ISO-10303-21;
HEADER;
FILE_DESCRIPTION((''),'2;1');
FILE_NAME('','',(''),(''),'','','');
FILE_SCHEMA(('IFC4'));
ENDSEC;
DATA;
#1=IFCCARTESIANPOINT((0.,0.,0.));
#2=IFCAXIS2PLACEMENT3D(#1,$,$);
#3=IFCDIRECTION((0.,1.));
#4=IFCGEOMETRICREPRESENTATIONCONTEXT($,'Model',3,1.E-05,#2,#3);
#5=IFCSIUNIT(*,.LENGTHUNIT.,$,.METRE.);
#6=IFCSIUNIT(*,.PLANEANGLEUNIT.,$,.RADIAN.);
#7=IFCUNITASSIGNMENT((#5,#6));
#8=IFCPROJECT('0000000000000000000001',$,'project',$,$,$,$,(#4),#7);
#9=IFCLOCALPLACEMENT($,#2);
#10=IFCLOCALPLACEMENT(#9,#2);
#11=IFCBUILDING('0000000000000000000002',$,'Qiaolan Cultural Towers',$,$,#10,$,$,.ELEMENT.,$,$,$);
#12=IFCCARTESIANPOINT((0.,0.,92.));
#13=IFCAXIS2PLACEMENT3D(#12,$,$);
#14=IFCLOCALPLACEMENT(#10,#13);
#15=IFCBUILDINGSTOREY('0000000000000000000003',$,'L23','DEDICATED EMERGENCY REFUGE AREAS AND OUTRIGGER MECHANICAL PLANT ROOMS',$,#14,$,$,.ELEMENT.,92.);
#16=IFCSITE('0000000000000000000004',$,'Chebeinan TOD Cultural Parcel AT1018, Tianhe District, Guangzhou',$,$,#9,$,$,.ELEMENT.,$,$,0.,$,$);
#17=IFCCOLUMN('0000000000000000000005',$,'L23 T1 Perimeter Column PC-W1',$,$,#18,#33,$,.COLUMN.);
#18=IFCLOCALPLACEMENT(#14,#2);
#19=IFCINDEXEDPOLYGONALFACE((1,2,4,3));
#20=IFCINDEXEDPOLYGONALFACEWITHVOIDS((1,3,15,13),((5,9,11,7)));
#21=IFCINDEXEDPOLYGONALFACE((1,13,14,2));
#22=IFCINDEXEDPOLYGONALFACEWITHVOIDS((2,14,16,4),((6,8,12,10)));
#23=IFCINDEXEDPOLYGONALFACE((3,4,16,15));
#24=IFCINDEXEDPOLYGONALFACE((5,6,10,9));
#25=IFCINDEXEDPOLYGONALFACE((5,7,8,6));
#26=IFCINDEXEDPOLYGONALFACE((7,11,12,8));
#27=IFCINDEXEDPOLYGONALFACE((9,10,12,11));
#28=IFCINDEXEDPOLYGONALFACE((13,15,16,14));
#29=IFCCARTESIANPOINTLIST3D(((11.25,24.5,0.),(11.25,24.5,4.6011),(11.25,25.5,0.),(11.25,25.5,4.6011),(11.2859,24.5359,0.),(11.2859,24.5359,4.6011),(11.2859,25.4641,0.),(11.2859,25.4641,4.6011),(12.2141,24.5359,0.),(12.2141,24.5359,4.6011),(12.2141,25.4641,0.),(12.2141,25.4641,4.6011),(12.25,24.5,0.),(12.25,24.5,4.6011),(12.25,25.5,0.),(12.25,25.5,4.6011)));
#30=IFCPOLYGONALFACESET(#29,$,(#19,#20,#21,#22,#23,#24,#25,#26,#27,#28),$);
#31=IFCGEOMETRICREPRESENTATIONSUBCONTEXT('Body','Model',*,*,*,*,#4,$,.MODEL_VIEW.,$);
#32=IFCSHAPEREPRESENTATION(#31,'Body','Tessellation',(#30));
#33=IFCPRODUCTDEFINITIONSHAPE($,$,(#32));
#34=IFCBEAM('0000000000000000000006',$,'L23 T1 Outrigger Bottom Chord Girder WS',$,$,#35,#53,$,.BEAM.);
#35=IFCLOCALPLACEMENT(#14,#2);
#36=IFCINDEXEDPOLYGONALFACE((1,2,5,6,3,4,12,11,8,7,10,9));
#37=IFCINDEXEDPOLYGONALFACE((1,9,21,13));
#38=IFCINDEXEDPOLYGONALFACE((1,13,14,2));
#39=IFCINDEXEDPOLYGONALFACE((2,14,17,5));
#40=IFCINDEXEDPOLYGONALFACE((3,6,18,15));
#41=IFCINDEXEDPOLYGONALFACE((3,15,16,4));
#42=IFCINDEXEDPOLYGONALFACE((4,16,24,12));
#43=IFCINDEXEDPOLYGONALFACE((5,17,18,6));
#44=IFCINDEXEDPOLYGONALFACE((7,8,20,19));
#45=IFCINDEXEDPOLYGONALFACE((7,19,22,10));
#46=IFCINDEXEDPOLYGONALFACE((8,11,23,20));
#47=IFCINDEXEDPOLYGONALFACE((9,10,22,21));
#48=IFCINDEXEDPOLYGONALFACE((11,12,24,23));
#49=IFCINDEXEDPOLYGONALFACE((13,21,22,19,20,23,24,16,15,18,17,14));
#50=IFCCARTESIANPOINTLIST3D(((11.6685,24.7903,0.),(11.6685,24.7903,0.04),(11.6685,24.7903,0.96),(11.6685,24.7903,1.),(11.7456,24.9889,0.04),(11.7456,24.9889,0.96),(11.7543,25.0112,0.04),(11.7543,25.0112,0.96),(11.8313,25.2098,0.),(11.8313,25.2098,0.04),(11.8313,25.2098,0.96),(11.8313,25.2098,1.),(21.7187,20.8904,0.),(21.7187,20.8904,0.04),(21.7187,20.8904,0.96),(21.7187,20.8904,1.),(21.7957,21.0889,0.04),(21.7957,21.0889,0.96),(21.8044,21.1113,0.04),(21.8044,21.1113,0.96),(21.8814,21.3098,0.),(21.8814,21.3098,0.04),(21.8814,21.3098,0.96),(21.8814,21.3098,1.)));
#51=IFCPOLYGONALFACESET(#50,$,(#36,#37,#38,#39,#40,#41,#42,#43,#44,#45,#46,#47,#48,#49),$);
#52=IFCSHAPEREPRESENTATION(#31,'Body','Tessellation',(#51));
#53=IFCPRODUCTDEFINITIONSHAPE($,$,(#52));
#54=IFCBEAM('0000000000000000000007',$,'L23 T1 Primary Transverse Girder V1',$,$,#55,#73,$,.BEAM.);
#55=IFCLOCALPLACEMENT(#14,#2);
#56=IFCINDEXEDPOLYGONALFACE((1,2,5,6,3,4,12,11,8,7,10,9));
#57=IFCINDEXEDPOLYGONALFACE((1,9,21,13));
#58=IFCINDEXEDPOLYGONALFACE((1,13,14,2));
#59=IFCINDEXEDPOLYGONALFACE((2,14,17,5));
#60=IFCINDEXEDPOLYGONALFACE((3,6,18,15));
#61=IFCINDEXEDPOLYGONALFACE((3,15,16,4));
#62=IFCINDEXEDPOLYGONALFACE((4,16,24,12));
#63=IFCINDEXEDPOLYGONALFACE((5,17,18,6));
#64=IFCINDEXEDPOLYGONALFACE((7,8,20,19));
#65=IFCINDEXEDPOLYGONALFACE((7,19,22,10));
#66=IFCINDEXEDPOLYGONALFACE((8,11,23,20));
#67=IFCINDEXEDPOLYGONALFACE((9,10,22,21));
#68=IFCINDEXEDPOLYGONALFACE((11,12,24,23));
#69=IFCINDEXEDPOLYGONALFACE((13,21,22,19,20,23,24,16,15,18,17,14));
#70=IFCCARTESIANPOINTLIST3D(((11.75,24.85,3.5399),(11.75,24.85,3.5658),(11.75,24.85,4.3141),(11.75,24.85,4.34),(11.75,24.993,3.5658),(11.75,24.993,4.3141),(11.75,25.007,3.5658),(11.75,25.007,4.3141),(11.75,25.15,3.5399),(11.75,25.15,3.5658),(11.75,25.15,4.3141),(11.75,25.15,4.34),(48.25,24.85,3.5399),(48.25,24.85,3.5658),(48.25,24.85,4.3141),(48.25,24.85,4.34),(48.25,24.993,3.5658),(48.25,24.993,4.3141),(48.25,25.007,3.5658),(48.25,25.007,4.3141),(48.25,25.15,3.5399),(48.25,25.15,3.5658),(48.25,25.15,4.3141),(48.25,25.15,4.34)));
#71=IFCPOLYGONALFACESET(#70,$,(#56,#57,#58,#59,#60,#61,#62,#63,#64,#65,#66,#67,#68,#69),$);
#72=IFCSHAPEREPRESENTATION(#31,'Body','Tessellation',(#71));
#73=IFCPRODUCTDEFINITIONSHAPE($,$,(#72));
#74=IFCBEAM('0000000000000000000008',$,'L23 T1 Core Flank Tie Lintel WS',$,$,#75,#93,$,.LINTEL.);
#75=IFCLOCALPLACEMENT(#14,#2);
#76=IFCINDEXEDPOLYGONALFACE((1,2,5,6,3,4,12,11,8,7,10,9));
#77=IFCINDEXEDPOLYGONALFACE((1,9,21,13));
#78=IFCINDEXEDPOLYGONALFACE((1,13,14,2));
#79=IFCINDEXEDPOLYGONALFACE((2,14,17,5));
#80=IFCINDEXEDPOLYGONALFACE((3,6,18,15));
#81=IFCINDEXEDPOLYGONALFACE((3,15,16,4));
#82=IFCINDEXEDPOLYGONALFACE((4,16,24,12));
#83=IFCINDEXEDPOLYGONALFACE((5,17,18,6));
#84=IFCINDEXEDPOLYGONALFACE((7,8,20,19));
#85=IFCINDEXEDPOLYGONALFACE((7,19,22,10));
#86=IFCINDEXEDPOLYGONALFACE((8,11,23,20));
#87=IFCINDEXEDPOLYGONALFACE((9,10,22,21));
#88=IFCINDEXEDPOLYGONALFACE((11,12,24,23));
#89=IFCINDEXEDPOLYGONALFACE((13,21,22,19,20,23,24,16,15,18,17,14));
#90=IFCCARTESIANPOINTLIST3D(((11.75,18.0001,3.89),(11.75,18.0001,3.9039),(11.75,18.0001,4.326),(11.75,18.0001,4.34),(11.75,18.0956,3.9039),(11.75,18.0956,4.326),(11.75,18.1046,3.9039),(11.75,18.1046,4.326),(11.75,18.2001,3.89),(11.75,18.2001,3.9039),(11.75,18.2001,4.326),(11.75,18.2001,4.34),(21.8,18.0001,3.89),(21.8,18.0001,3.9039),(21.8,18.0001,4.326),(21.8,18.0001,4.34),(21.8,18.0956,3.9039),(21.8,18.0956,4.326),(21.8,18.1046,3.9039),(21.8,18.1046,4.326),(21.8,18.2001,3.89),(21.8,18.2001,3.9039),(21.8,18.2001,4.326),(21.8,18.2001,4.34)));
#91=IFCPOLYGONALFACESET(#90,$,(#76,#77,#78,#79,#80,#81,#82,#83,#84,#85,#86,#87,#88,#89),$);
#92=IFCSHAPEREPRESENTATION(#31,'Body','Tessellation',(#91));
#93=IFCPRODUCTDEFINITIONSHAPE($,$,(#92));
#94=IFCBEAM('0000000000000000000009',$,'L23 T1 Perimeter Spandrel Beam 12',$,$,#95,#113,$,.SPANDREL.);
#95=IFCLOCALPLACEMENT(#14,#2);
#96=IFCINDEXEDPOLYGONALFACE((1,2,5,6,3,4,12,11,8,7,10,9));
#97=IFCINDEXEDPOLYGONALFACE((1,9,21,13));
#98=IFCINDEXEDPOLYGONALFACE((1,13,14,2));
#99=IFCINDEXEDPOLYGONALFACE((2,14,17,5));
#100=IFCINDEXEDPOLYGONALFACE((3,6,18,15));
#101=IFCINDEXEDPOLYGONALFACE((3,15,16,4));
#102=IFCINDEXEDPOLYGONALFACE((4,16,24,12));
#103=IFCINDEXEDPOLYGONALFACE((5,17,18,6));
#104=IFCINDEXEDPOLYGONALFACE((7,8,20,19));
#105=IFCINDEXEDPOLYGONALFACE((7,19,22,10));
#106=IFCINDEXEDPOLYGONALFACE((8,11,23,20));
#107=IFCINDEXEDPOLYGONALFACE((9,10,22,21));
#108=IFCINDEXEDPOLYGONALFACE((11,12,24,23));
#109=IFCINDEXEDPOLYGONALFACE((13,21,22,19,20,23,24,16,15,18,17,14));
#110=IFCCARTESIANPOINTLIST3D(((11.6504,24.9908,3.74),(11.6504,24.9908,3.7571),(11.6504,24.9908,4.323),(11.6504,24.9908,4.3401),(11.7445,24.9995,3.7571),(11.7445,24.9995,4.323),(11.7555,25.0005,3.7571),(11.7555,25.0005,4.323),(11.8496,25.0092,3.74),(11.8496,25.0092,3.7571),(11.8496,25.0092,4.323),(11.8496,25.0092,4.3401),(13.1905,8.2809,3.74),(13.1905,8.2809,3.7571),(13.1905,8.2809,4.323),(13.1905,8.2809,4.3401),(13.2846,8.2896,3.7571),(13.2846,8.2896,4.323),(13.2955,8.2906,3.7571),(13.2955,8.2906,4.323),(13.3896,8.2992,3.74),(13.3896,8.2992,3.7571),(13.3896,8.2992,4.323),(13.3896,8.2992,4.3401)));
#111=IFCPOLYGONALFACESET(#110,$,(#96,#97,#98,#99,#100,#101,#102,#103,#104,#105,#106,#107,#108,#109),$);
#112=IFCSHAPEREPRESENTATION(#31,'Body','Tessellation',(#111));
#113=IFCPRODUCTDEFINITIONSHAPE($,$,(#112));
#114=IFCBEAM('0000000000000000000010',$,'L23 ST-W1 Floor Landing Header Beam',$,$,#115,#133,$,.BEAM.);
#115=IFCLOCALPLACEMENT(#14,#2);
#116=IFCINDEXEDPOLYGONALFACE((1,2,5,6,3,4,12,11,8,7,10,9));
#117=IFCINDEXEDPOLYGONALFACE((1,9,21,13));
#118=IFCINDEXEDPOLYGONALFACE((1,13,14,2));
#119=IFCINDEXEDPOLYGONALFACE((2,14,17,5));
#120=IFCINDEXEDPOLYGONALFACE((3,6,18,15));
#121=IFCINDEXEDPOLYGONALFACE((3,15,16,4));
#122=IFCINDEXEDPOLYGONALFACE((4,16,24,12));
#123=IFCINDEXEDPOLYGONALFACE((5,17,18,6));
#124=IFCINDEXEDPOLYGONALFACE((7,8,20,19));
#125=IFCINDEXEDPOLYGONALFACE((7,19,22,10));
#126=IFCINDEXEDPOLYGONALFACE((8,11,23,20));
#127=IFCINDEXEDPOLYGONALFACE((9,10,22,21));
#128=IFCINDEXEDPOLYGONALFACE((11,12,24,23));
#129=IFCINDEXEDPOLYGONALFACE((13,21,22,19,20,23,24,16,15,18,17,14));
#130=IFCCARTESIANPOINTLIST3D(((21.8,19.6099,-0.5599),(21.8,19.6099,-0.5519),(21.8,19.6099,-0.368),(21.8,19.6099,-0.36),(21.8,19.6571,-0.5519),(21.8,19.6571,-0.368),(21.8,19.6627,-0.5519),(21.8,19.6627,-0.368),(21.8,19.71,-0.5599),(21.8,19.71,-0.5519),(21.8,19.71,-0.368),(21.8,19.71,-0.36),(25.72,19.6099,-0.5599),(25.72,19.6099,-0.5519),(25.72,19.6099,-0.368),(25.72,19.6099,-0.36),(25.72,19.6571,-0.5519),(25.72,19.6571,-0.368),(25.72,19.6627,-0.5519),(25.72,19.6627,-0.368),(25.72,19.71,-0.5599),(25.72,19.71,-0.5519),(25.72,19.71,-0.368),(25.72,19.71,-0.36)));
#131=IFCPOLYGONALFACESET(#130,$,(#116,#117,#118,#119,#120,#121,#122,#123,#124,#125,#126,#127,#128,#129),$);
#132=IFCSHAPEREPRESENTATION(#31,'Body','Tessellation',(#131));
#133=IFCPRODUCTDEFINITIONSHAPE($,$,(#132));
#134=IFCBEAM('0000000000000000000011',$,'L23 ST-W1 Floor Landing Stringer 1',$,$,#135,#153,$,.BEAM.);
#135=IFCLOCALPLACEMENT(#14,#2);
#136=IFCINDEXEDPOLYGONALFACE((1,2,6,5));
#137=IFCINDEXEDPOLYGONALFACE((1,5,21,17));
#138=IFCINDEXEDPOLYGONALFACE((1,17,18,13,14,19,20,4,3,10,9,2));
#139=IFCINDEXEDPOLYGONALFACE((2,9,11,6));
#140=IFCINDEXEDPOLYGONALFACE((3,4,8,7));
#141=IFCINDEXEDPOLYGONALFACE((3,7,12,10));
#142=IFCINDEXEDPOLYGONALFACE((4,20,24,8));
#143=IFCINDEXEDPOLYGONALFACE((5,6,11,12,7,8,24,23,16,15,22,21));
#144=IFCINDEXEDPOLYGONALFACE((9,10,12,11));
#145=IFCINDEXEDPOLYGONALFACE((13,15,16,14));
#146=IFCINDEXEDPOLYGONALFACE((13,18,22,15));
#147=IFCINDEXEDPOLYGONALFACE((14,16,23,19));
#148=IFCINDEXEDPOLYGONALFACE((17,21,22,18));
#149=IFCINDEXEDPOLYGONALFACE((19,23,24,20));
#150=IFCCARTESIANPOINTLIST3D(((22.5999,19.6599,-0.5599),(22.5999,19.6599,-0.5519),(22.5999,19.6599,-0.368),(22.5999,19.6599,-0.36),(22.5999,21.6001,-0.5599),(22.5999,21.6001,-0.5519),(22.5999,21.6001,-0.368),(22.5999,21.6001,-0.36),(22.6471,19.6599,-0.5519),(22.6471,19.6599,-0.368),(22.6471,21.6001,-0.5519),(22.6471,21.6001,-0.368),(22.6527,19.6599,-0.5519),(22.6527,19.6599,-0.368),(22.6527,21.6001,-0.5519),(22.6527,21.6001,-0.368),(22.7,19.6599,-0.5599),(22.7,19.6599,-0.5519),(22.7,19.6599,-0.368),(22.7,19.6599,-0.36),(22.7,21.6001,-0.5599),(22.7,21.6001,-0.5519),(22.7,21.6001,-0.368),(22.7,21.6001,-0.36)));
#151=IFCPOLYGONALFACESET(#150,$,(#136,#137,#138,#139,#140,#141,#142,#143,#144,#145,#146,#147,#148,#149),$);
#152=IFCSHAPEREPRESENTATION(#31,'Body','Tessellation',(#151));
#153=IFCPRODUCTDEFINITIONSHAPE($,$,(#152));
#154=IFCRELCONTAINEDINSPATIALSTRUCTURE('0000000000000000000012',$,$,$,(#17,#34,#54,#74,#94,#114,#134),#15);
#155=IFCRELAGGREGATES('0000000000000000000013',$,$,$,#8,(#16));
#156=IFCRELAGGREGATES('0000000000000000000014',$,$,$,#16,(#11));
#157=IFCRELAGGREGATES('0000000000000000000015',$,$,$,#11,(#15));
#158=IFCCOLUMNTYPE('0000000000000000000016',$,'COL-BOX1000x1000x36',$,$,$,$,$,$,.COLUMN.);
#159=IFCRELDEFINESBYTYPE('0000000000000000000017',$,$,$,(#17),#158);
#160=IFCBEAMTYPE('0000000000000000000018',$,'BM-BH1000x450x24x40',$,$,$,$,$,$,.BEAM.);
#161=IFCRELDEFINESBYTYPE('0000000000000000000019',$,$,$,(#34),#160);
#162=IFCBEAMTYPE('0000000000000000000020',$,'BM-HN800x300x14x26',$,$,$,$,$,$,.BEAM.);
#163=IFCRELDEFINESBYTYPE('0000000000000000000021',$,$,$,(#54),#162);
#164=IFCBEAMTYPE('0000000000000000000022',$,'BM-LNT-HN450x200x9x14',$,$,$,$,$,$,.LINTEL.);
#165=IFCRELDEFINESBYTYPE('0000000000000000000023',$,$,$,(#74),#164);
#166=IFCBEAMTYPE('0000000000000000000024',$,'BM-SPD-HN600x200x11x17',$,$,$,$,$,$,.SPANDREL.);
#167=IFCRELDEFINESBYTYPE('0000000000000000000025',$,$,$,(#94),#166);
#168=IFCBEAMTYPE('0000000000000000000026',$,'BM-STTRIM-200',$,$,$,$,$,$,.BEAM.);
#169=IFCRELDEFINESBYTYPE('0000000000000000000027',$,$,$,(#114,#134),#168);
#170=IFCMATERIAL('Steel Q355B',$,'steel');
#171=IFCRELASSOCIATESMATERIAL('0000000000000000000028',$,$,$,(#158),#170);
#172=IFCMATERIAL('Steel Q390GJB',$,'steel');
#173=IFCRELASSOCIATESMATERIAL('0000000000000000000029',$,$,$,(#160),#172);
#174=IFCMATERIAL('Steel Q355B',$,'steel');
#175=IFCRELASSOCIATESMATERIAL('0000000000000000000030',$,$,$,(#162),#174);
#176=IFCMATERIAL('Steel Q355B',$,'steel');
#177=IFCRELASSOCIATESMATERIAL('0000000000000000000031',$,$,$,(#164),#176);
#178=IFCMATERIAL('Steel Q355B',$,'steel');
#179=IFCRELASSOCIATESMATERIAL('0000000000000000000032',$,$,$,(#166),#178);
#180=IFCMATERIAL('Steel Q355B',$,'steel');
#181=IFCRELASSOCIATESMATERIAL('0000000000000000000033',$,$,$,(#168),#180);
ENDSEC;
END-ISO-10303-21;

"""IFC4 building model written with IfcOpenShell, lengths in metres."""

from ifc_helpers import new_model, si_unit, direction, frame, origin, origin_2d, place, context, subcontext, project, spatial, hollow_rectangle, i_section, extrude, material, material_profile, profile_set, type_object, element, save


model = new_model("IFC4")

# Units and contexts
model_context = context("Model", 3, precision=1e-05, world=origin(), true_north=direction((0.0, 1.0)))
body_context = subcontext(model_context, "Body", "Model", "MODEL_VIEW")
ifc_project = project(units=[si_unit("LENGTHUNIT", "METRE"), si_unit("PLANEANGLEUNIT", "RADIAN")], contexts=[model_context])

# Site, building, storey
site_placement = place(None, origin())
site = spatial("IfcSite", under=ifc_project, at=site_placement, Name="Chebeinan TOD Cultural Parcel AT1018, Tianhe District, Guangzhou", CompositionType="ELEMENT", RefElevation=0.0)
building_placement = place(site_placement, origin())
building = spatial("IfcBuilding", under=site, at=building_placement, Name="Qiaolan Cultural Towers", CompositionType="ELEMENT")
storey_placement = place(building_placement, frame((0.0, 0.0, 92.0)))
storey = spatial("IfcBuildingStorey", under=building, at=storey_placement, Name="L23", Description="DEDICATED EMERGENCY REFUGE AREAS AND OUTRIGGER MECHANICAL PLANT ROOMS", CompositionType="ELEMENT", Elevation=92.0)

# Column
ifc_material_1 = material(Name="Steel Q355B", Category="steel")
ifc_material_profile_1 = material_profile(ifc_material_1, hollow_rectangle(XDim=1.0, YDim=1.0, WallThickness=0.0359, at=origin_2d()), Name="BOX1000x1000x36")
ifc_profile_set_1 = profile_set([ifc_material_profile_1], Name="Steel Q355B")
column_type = type_object("IfcColumnType", Name="COL-BOX1000x1000x36", PredefinedType="COLUMN", material=ifc_profile_set_1)
column_placement = place(storey_placement, frame((11.75, 25.0, 0.0), z_axis=(0.0, 0.0, 1.0), x_axis=(1.0, 0.0, 0.0)))
element("IfcColumn", 1, at=column_placement, inside=storey, type_object=column_type, Name="L23 T1 Perimeter Column PC-W1", PredefinedType="COLUMN", context=body_context, shape_type="SweptSolid", body=[
    extrude(hollow_rectangle(XDim=1.0, YDim=1.0, WallThickness=0.0359, at=origin_2d()), origin(), (0.0, 0.0, 1.0), 4.6011),
])

# Beams
ifc_material_2 = material(Name="Steel Q390GJB", Category="steel")
ifc_material_profile_2 = material_profile(ifc_material_2, i_section(OverallWidth=0.45, OverallDepth=1.0, WebThickness=0.0239, FlangeThickness=0.04, at=origin_2d()), Name="BH1000x450x24x40")
ifc_profile_set_2 = profile_set([ifc_material_profile_2], Name="Steel Q390GJB")
beam_type_1 = type_object("IfcBeamType", Name="BM-BH1000x450x24x40", PredefinedType="BEAM", material=ifc_profile_set_2)
beam_1_placement = place(storey_placement, frame((21.8, 21.1001, 0.5), z_axis=(-0.932269, 0.361765, 0.0), x_axis=(-0.361765, -0.932269, 0.0)))
element("IfcBeam", 2, at=beam_1_placement, inside=storey, type_object=beam_type_1, Name="L23 T1 Outrigger Bottom Chord Girder WS", PredefinedType="BEAM", context=body_context, shape_type="SweptSolid", body=[
    extrude(i_section(OverallWidth=0.45, OverallDepth=1.0, WebThickness=0.0239, FlangeThickness=0.04, at=origin_2d()), origin(), (0.0, 0.0, 1.0), 10.7803),
])
ifc_material_3 = material(Name="Steel Q355B", Category="steel")
ifc_material_profile_3 = material_profile(ifc_material_3, i_section(OverallWidth=0.3, OverallDepth=0.8, WebThickness=0.0139, FlangeThickness=0.0259, at=origin_2d()), Name="HN800x300x14x26")
ifc_profile_set_3 = profile_set([ifc_material_profile_3], Name="Steel Q355B")
beam_type_2 = type_object("IfcBeamType", Name="BM-HN800x300x14x26", PredefinedType="BEAM", material=ifc_profile_set_3)
beam_2_placement = place(storey_placement, frame((11.75, 25.0, 3.9399), z_axis=(1.0, 0.0, 0.0), x_axis=(0.0, 1.0, 0.0)))
element("IfcBeam", 3, at=beam_2_placement, inside=storey, type_object=beam_type_2, Name="L23 T1 Primary Transverse Girder V1", PredefinedType="BEAM", context=body_context, shape_type="SweptSolid", body=[
    extrude(i_section(OverallWidth=0.3, OverallDepth=0.8, WebThickness=0.0139, FlangeThickness=0.0259, at=origin_2d()), origin(), (0.0, 0.0, 1.0), 36.5),
])
ifc_material_4 = material(Name="Steel Q355B", Category="steel")
ifc_material_profile_4 = material_profile(ifc_material_4, i_section(OverallWidth=0.2, OverallDepth=0.45, WebThickness=0.009, FlangeThickness=0.0139, at=origin_2d()), Name="HN450x200x9x14")
ifc_profile_set_4 = profile_set([ifc_material_profile_4], Name="Steel Q355B")
beam_type_3 = type_object("IfcBeamType", Name="BM-LNT-HN450x200x9x14", PredefinedType="LINTEL", material=ifc_profile_set_4)
beam_3_placement = place(storey_placement, frame((21.8, 18.1001, 4.115), z_axis=(-1.0, 0.0, 0.0), x_axis=(0.0, -1.0, 0.0)))
element("IfcBeam", 4, at=beam_3_placement, inside=storey, type_object=beam_type_3, Name="L23 T1 Core Flank Tie Lintel WS", PredefinedType="LINTEL", context=body_context, shape_type="SweptSolid", body=[
    extrude(i_section(OverallWidth=0.2, OverallDepth=0.45, WebThickness=0.009, FlangeThickness=0.0139, at=origin_2d()), origin(), (0.0, 0.0, 1.0), 10.05),
])
ifc_material_5 = material(Name="Steel Q355B", Category="steel")
ifc_material_profile_5 = material_profile(ifc_material_5, i_section(OverallWidth=0.2, OverallDepth=0.6001, WebThickness=0.011, FlangeThickness=0.0171, at=origin_2d()), Name="HN600x200x11x17")
ifc_profile_set_5 = profile_set([ifc_material_profile_5], Name="Steel Q355B")
beam_type_4 = type_object("IfcBeamType", Name="BM-SPD-HN600x200x11x17", PredefinedType="SPANDREL", material=ifc_profile_set_5)
beam_4_placement = place(storey_placement, frame((11.75, 25.0, 4.04), z_axis=(0.091774, -0.99578, 0.0), x_axis=(0.99578, 0.091774, 0.0)))
element("IfcBeam", 5, at=beam_4_placement, inside=storey, type_object=beam_type_4, Name="L23 T1 Perimeter Spandrel Beam 12", PredefinedType="SPANDREL", context=body_context, shape_type="SweptSolid", body=[
    extrude(i_section(OverallWidth=0.2, OverallDepth=0.6001, WebThickness=0.011, FlangeThickness=0.0171, at=origin_2d()), origin(), (0.0, 0.0, 1.0), 16.7808),
])
ifc_material_6 = material(Name="Steel Q355B", Category="steel")
ifc_material_profile_6 = material_profile(ifc_material_6, i_section(OverallWidth=0.1001, OverallDepth=0.2, WebThickness=0.0056, FlangeThickness=0.0081, at=origin_2d()), Name="HN200x100x5.5x8")
ifc_profile_set_6 = profile_set([ifc_material_profile_6], Name="Steel Q355B")
beam_type_5 = type_object("IfcBeamType", Name="BM-STTRIM-200", PredefinedType="BEAM", material=ifc_profile_set_6)
beam_5_placement = place(storey_placement, frame((21.8, 19.6599, -0.46), z_axis=(1.0, 0.0, 0.0), x_axis=(0.0, 1.0, 0.0)))
element("IfcBeam", 6, at=beam_5_placement, inside=storey, type_object=beam_type_5, Name="L23 ST-W1 Floor Landing Header Beam", PredefinedType="BEAM", context=body_context, shape_type="SweptSolid", body=[
    extrude(i_section(OverallWidth=0.1001, OverallDepth=0.2, WebThickness=0.0056, FlangeThickness=0.0081, at=origin_2d()), origin(), (0.0, 0.0, 1.0), 3.9199),
])
beam_6_placement = place(storey_placement, frame((22.6499, 21.6001, -0.46), z_axis=(0.0, -1.0, 0.0), x_axis=(1.0, 0.0, 0.0)))
element("IfcBeam", 7, at=beam_6_placement, inside=storey, type_object=beam_type_5, Name="L23 ST-W1 Floor Landing Stringer 1", PredefinedType="BEAM", context=body_context, shape_type="SweptSolid", body=[
    extrude(i_section(OverallWidth=0.1001, OverallDepth=0.2, WebThickness=0.0056, FlangeThickness=0.0081, at=origin_2d()), origin(), (0.0, 0.0, 1.0), 1.9402),
])

save(model, "model.ifc")
